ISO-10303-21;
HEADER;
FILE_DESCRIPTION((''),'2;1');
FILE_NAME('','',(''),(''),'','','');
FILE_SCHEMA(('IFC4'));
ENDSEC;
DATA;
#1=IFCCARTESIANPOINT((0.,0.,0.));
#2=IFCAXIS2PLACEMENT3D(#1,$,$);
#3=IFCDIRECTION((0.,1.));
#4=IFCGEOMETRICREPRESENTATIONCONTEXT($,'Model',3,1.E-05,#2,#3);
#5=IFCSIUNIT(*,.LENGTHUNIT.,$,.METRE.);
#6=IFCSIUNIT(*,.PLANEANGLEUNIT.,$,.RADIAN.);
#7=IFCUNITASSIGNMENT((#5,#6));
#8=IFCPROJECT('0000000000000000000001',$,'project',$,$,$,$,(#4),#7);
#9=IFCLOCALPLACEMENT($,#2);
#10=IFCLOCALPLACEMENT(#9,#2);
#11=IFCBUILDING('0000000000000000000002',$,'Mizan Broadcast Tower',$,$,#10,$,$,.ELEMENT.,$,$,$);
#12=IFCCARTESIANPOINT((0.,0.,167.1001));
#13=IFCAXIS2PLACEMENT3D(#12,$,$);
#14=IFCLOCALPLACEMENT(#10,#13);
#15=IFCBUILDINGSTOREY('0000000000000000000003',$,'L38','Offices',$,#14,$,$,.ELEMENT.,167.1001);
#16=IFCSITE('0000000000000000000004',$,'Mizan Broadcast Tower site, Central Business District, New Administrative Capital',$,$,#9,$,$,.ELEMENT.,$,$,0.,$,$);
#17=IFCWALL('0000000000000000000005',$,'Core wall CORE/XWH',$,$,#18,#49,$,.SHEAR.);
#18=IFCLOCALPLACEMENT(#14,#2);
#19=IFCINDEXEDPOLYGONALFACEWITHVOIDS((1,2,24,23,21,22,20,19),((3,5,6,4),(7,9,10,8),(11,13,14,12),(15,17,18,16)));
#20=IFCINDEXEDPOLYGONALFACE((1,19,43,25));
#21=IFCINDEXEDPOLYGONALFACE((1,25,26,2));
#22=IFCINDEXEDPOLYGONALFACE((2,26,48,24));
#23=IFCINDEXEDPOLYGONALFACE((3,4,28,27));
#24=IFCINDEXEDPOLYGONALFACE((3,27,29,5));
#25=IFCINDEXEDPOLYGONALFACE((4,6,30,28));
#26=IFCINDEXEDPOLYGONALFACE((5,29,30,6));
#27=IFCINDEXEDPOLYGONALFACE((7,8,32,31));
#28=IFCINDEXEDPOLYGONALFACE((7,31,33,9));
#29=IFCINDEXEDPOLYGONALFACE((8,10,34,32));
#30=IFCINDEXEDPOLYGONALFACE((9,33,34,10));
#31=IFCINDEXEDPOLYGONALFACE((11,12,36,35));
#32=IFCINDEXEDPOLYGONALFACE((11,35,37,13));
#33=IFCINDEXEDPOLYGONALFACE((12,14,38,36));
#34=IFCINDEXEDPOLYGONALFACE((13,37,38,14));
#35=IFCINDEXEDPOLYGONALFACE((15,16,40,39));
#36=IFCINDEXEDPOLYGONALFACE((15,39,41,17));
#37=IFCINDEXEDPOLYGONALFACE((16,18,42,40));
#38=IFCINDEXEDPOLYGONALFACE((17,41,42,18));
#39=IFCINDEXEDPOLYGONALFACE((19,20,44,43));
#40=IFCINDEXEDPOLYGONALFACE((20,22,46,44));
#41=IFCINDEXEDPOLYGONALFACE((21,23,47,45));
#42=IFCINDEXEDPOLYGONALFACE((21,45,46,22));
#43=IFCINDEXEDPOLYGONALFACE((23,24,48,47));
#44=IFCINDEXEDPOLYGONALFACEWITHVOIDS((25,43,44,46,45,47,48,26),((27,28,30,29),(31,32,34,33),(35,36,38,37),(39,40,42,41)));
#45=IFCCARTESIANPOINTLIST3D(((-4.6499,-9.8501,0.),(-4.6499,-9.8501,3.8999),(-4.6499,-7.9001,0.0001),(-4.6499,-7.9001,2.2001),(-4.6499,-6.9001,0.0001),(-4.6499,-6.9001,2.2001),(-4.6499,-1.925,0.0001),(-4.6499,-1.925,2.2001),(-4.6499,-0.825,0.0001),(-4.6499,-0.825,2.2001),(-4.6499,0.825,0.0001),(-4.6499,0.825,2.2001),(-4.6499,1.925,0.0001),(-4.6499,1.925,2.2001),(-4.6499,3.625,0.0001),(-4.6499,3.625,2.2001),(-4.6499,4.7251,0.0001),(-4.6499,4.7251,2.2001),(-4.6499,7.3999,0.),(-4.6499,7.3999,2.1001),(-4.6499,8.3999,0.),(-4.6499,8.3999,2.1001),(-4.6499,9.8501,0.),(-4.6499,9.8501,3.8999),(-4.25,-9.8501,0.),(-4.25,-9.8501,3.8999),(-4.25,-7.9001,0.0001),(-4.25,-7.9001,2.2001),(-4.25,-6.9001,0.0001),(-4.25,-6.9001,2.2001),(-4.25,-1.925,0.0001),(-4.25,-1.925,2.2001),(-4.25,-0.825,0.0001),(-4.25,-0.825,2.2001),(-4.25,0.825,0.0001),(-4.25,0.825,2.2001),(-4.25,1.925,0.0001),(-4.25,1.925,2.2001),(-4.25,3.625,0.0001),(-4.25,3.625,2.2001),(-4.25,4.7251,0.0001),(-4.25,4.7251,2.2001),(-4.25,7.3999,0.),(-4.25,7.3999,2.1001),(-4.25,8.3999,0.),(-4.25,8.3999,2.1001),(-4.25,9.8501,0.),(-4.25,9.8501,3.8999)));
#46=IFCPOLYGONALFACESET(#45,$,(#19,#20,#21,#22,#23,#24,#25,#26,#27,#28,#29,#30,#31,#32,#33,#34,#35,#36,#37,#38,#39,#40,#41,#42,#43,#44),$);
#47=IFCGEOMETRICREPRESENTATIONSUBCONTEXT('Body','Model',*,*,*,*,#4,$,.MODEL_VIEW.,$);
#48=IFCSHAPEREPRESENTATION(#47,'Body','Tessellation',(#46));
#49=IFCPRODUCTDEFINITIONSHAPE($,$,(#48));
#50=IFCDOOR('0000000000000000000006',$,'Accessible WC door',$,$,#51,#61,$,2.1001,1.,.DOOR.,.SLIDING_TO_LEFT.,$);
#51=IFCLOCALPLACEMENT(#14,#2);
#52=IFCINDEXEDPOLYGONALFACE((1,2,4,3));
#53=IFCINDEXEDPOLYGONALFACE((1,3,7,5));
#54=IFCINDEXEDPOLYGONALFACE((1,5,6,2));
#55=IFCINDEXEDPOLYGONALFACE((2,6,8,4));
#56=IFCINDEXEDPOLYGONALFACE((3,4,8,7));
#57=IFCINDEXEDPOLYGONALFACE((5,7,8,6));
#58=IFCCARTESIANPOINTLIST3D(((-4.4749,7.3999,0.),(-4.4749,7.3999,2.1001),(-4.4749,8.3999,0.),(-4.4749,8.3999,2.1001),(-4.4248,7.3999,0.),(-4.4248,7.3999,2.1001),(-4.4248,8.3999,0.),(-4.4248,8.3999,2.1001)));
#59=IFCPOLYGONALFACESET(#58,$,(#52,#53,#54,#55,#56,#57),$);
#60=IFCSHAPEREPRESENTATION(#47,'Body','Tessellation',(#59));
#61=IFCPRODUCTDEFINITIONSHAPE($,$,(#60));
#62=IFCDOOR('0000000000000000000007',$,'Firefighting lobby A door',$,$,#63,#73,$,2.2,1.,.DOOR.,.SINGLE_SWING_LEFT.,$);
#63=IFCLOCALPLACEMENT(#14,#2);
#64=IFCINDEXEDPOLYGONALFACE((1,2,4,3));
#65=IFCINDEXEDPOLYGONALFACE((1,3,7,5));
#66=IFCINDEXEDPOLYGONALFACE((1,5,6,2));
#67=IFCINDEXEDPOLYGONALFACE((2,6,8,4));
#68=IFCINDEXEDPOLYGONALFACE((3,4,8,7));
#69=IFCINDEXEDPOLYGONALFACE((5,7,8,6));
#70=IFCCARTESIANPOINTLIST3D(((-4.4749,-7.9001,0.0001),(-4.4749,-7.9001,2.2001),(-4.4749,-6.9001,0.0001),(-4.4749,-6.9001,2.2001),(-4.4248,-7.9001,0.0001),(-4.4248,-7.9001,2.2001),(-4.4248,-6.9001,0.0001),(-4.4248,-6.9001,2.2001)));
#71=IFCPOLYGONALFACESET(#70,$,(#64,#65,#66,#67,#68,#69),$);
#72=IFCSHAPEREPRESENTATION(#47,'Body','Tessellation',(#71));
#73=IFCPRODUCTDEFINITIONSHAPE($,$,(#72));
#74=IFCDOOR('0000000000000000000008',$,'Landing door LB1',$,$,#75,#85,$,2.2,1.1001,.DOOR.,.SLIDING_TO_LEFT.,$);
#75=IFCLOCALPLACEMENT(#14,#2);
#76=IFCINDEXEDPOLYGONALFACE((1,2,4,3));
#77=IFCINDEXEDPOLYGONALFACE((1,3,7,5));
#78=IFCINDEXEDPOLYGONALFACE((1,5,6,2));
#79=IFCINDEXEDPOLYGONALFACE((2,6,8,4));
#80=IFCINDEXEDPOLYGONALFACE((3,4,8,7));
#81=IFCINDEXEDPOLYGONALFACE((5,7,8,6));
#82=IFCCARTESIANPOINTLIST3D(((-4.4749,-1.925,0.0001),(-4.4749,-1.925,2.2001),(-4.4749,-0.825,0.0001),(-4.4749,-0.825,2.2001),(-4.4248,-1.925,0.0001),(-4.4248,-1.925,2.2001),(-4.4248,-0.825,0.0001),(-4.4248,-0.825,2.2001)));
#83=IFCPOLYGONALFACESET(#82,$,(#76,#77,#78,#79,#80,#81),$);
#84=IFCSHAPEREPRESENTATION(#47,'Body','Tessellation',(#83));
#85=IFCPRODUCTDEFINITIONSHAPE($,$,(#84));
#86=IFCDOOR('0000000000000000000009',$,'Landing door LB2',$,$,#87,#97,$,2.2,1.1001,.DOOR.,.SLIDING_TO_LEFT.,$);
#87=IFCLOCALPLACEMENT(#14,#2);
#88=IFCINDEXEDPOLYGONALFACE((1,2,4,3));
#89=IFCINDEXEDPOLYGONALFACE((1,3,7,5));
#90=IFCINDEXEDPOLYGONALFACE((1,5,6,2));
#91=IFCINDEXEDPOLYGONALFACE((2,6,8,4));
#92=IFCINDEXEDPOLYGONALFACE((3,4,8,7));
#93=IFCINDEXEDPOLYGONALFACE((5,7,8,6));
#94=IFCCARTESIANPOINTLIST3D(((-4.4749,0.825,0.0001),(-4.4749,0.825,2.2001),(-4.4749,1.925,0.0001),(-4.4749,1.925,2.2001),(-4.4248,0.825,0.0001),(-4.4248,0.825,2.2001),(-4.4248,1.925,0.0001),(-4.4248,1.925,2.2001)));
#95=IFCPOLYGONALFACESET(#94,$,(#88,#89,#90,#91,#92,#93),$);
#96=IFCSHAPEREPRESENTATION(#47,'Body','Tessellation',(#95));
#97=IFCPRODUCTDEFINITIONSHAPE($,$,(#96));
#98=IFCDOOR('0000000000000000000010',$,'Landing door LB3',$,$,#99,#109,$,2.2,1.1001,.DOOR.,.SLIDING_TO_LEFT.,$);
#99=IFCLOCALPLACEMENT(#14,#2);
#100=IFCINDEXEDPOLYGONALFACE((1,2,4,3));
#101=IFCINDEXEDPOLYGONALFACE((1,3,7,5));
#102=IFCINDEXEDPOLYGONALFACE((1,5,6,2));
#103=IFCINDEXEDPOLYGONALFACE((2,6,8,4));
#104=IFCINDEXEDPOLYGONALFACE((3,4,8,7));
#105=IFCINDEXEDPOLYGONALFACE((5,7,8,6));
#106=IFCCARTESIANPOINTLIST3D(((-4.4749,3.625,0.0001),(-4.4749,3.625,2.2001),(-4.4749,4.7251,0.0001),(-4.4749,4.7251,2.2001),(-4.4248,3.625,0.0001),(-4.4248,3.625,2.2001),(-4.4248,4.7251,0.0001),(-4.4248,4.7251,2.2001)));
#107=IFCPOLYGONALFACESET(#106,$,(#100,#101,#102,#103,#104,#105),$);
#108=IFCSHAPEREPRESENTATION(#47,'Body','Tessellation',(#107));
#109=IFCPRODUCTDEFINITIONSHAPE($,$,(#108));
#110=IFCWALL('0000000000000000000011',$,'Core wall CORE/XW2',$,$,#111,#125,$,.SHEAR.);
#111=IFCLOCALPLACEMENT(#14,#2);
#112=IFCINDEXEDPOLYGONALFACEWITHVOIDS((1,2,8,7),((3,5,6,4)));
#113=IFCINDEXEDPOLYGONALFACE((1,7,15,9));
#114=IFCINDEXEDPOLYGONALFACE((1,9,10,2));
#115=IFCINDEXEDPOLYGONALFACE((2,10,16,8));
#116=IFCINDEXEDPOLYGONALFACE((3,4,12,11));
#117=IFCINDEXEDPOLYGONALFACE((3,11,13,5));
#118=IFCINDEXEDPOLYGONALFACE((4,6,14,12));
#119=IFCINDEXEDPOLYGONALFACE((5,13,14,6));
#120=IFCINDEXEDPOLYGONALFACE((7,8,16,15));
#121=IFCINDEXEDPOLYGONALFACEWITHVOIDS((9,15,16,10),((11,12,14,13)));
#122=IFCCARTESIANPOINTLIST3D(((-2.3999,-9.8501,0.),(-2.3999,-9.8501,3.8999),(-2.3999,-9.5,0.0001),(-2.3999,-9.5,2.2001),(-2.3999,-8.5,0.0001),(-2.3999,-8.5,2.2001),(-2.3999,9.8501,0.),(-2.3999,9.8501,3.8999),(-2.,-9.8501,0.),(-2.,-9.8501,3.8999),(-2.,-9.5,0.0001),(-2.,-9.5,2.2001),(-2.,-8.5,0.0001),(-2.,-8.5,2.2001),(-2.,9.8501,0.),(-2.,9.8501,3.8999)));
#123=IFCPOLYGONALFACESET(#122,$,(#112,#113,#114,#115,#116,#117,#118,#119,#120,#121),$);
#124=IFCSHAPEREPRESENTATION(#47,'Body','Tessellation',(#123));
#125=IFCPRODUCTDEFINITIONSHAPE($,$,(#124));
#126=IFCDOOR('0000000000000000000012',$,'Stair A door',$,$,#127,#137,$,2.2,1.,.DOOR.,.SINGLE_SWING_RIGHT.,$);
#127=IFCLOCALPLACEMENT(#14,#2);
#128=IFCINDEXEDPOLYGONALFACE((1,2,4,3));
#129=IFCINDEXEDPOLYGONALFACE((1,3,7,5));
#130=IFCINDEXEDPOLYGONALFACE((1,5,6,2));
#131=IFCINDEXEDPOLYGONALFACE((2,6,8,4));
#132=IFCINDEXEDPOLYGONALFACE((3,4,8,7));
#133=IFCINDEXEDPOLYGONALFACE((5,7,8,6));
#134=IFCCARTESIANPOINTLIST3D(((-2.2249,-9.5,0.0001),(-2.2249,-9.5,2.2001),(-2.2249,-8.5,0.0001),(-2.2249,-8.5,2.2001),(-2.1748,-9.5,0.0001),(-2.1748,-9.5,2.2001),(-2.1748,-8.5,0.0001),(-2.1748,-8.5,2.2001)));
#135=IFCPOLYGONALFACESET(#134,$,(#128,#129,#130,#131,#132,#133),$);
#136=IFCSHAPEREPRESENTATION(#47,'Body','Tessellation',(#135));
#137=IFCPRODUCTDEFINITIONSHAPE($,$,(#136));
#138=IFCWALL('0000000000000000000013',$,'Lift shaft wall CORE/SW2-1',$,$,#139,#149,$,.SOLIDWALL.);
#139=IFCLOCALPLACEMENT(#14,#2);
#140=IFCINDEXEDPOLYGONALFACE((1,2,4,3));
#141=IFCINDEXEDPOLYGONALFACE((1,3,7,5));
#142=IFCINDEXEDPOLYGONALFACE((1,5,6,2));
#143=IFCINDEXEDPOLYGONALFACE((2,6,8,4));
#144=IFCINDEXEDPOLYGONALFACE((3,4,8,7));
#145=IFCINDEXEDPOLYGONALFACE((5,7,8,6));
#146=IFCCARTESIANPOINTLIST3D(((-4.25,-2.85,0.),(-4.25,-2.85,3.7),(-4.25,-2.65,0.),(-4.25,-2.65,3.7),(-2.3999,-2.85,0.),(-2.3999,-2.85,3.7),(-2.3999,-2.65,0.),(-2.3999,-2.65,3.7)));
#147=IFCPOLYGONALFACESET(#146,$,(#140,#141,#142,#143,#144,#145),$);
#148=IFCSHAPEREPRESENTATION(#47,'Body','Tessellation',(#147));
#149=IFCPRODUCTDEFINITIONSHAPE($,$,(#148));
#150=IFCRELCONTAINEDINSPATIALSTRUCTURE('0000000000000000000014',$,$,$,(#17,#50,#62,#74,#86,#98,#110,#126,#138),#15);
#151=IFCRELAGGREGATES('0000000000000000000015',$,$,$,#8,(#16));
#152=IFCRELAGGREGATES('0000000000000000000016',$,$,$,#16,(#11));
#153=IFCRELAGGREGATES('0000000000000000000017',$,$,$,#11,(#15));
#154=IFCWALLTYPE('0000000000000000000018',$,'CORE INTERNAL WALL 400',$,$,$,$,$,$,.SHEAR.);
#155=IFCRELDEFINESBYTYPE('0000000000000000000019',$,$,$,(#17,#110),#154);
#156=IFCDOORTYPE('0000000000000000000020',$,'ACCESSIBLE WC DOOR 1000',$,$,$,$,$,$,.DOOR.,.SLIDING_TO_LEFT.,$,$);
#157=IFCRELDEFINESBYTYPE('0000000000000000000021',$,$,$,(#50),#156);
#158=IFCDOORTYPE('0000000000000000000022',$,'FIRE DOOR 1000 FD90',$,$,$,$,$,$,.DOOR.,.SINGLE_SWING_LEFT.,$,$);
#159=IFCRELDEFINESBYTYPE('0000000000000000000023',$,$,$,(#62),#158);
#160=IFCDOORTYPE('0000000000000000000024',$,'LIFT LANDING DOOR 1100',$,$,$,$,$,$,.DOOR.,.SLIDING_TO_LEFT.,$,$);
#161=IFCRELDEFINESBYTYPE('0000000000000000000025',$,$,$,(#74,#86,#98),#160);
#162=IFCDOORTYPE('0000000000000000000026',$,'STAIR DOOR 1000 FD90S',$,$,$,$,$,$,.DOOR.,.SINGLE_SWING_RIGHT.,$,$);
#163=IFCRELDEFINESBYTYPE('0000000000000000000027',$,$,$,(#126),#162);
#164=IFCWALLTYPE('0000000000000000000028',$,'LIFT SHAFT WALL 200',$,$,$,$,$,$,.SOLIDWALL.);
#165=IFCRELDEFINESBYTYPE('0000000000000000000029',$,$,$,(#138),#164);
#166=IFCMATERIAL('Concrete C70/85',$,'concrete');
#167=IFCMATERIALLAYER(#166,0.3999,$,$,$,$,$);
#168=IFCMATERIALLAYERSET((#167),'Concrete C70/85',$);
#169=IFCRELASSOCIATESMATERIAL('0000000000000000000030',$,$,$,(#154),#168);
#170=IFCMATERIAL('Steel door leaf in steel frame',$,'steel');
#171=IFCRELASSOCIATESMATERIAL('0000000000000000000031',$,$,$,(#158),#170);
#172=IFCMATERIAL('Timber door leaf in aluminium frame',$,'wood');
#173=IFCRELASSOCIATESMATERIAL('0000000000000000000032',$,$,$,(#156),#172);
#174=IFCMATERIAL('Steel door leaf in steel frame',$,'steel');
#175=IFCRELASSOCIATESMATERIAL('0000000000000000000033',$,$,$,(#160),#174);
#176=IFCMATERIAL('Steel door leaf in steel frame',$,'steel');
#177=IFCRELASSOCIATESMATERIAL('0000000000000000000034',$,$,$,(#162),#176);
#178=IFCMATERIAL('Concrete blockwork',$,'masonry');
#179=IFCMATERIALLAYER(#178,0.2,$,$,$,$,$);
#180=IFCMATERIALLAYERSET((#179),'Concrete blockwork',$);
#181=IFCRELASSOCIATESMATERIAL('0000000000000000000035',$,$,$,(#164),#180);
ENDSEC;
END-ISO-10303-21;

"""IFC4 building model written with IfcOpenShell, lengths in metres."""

from ifc_helpers import new_model, si_unit, direction, frame, frame_2d, origin, place, context, subcontext, project, spatial, rectangle, extrude, material, layer, layer_set, type_object, element, fill, save


model = new_model("IFC4")

# Units and contexts
model_context = context("Model", 3, precision=1e-05, world=origin(), true_north=direction((0.0, 1.0)))
body_context = subcontext(model_context, "Body", "Model", "MODEL_VIEW")
ifc_project = project(units=[si_unit("LENGTHUNIT", "METRE"), si_unit("PLANEANGLEUNIT", "RADIAN")], contexts=[model_context])

# Site, building, storey
site_placement = place(None, origin())
site = spatial("IfcSite", under=ifc_project, at=site_placement, Name="Mizan Broadcast Tower site, Central Business District, New Administrative Capital", CompositionType="ELEMENT", RefElevation=0.0)
building_placement = place(site_placement, origin())
building = spatial("IfcBuilding", under=site, at=building_placement, Name="Mizan Broadcast Tower", CompositionType="ELEMENT")
storey_placement = place(building_placement, frame((0.0, 0.0, 167.1001)))
storey = spatial("IfcBuildingStorey", under=building, at=storey_placement, Name="L38", Description="Offices", CompositionType="ELEMENT", Elevation=167.1001)

# Wall, openings, doors
ifc_material_1 = material(Name="Concrete C70/85", Category="concrete")
ifc_layer_1 = layer(ifc_material_1, 0.3999)
ifc_layer_set_1 = layer_set([ifc_layer_1], Name="Concrete C70/85")
wall_type_1 = type_object("IfcWallType", Name="CORE INTERNAL WALL 400", PredefinedType="SHEAR", material=ifc_layer_set_1)
ifc_material_2 = material(Name="Steel door leaf in steel frame", Category="steel")
door_type_1 = type_object("IfcDoorType", Name="FIRE DOOR 1000 FD90", OperationType="SINGLE_SWING_LEFT", PredefinedType="DOOR", material=ifc_material_2)
wall_1_placement = place(storey_placement, frame((-4.45, -9.8501, 0.0), z_axis=(0.0, 0.0, 1.0), x_axis=(0.0, 1.0, 0.0)))
wall_1 = element("IfcWall", 1, at=wall_1_placement, inside=storey, type_object=wall_type_1, Name="Core wall CORE/XWH", PredefinedType="SHEAR", context=body_context, shape_type="SweptSolid", body=[
    extrude(rectangle(XDim=19.7002, YDim=0.3999, at=frame_2d((9.8501, 0.0))), origin(), (0.0, 0.0, 1.0), 3.8999),
])
opening_1_placement = place(wall_1_placement, frame((1.95, 0.0, 0.0)))
opening_1 = element("IfcOpeningElement", 2, at=opening_1_placement, cuts=wall_1, PredefinedType="OPENING", context=body_context, shape_type="SweptSolid", body=[
    extrude(rectangle(XDim=1.0, YDim=2.2, at=frame_2d((0.5, 1.1001))), frame((0.0, 0.21, 0.0), z_axis=(0.0, -1.0, 0.0), x_axis=(1.0, 0.0, 0.0)), (0.0, 0.0, 1.0), 0.4199),
])
opening_2_placement = place(wall_1_placement, frame((17.25, 0.0, 0.0)))
opening_2 = element("IfcOpeningElement", 3, at=opening_2_placement, cuts=wall_1, PredefinedType="OPENING", context=body_context, shape_type="SweptSolid", body=[
    extrude(rectangle(XDim=1.0, YDim=2.1001, at=frame_2d((0.5, 1.05))), frame((0.0, 0.21, 0.0), z_axis=(0.0, -1.0, 0.0), x_axis=(1.0, 0.0, 0.0)), (0.0, 0.0, 1.0), 0.4199),
])
opening_3_placement = place(wall_1_placement, frame((7.925, 0.0, 0.0)))
opening_3 = element("IfcOpeningElement", 4, at=opening_3_placement, cuts=wall_1, PredefinedType="OPENING", context=body_context, shape_type="SweptSolid", body=[
    extrude(rectangle(XDim=1.1001, YDim=2.2, at=frame_2d((0.55, 1.1001))), frame((0.0, 0.21, 0.0), z_axis=(0.0, -1.0, 0.0), x_axis=(1.0, 0.0, 0.0)), (0.0, 0.0, 1.0), 0.4199),
])
opening_4_placement = place(wall_1_placement, frame((10.675, 0.0, 0.0)))
opening_4 = element("IfcOpeningElement", 5, at=opening_4_placement, cuts=wall_1, PredefinedType="OPENING", context=body_context, shape_type="SweptSolid", body=[
    extrude(rectangle(XDim=1.1001, YDim=2.2, at=frame_2d((0.55, 1.1001))), frame((0.0, 0.21, 0.0), z_axis=(0.0, -1.0, 0.0), x_axis=(1.0, 0.0, 0.0)), (0.0, 0.0, 1.0), 0.4199),
])
opening_5_placement = place(wall_1_placement, frame((13.4751, 0.0, 0.0)))
opening_5 = element("IfcOpeningElement", 6, at=opening_5_placement, cuts=wall_1, PredefinedType="OPENING", context=body_context, shape_type="SweptSolid", body=[
    extrude(rectangle(XDim=1.1001, YDim=2.2, at=frame_2d((0.55, 1.1001))), frame((0.0, 0.21, 0.0), z_axis=(0.0, -1.0, 0.0), x_axis=(1.0, 0.0, 0.0)), (0.0, 0.0, 1.0), 0.4199),
])
ifc_material_3 = material(Name="Timber door leaf in aluminium frame", Category="wood")
door_type_2 = type_object("IfcDoorType", Name="ACCESSIBLE WC DOOR 1000", OperationType="SLIDING_TO_LEFT", PredefinedType="DOOR", material=ifc_material_3)
door_1_placement = place(opening_2_placement, origin())
door_1 = element("IfcDoor", 7, at=door_1_placement, inside=storey, type_object=door_type_2, Name="Accessible WC door", OperationType="SLIDING_TO_LEFT", OverallHeight=2.1001, OverallWidth=1.0, PredefinedType="DOOR", context=body_context, shape_type="SweptSolid", body=[
    extrude(rectangle(XDim=1.0, YDim=2.1001, at=frame_2d((0.5, 1.05))), frame((0.0, 0.0249, 0.0), z_axis=(0.0, -1.0, 0.0), x_axis=(1.0, 0.0, 0.0)), (0.0, 0.0, 1.0), 0.05),
])
fill(opening_2, door_1)
door_2_placement = place(opening_1_placement, origin())
door_2 = element("IfcDoor", 8, at=door_2_placement, inside=storey, type_object=door_type_1, Name="Firefighting lobby A door", OperationType="SINGLE_SWING_LEFT", OverallHeight=2.2, OverallWidth=1.0, PredefinedType="DOOR", context=body_context, shape_type="SweptSolid", body=[
    extrude(rectangle(XDim=1.0, YDim=2.2, at=frame_2d((0.5, 1.1001))), frame((0.0, 0.0249, 0.0), z_axis=(0.0, -1.0, 0.0), x_axis=(1.0, 0.0, 0.0)), (0.0, 0.0, 1.0), 0.05),
])
fill(opening_1, door_2)
ifc_material_4 = material(Name="Steel door leaf in steel frame", Category="steel")
door_type_3 = type_object("IfcDoorType", Name="LIFT LANDING DOOR 1100", OperationType="SLIDING_TO_LEFT", PredefinedType="DOOR", material=ifc_material_4)
door_3_placement = place(opening_3_placement, origin())
door_3 = element("IfcDoor", 9, at=door_3_placement, inside=storey, type_object=door_type_3, Name="Landing door LB1", OperationType="SLIDING_TO_LEFT", OverallHeight=2.2, OverallWidth=1.1001, PredefinedType="DOOR", context=body_context, shape_type="SweptSolid", body=[
    extrude(rectangle(XDim=1.1001, YDim=2.2, at=frame_2d((0.55, 1.1001))), frame((0.0, 0.0249, 0.0), z_axis=(0.0, -1.0, 0.0), x_axis=(1.0, 0.0, 0.0)), (0.0, 0.0, 1.0), 0.05),
])
fill(opening_3, door_3)
door_4_placement = place(opening_4_placement, origin())
door_4 = element("IfcDoor", 10, at=door_4_placement, inside=storey, type_object=door_type_3, Name="Landing door LB2", OperationType="SLIDING_TO_LEFT", OverallHeight=2.2, OverallWidth=1.1001, PredefinedType="DOOR", context=body_context, shape_type="SweptSolid", body=[
    extrude(rectangle(XDim=1.1001, YDim=2.2, at=frame_2d((0.55, 1.1001))), frame((0.0, 0.0249, 0.0), z_axis=(0.0, -1.0, 0.0), x_axis=(1.0, 0.0, 0.0)), (0.0, 0.0, 1.0), 0.05),
])
fill(opening_4, door_4)
door_5_placement = place(opening_5_placement, origin())
door_5 = element("IfcDoor", 11, at=door_5_placement, inside=storey, type_object=door_type_3, Name="Landing door LB3", OperationType="SLIDING_TO_LEFT", OverallHeight=2.2, OverallWidth=1.1001, PredefinedType="DOOR", context=body_context, shape_type="SweptSolid", body=[
    extrude(rectangle(XDim=1.1001, YDim=2.2, at=frame_2d((0.55, 1.1001))), frame((0.0, 0.0249, 0.0), z_axis=(0.0, -1.0, 0.0), x_axis=(1.0, 0.0, 0.0)), (0.0, 0.0, 1.0), 0.05),
])
fill(opening_5, door_5)

# Wall, opening, door
wall_2_placement = place(storey_placement, frame((-2.2, -9.8501, 0.0), z_axis=(0.0, 0.0, 1.0), x_axis=(0.0, 1.0, 0.0)))
wall_2 = element("IfcWall", 12, at=wall_2_placement, inside=storey, type_object=wall_type_1, Name="Core wall CORE/XW2", PredefinedType="SHEAR", context=body_context, shape_type="SweptSolid", body=[
    extrude(rectangle(XDim=19.7002, YDim=0.3999, at=frame_2d((9.8501, 0.0))), origin(), (0.0, 0.0, 1.0), 3.8999),
])
opening_6_placement = place(wall_2_placement, frame((0.3501, 0.0, 0.0)))
opening_6 = element("IfcOpeningElement", 13, at=opening_6_placement, cuts=wall_2, PredefinedType="OPENING", context=body_context, shape_type="SweptSolid", body=[
    extrude(rectangle(XDim=1.0, YDim=2.2, at=frame_2d((0.5, 1.1001))), frame((0.0, 0.21, 0.0), z_axis=(0.0, -1.0, 0.0), x_axis=(1.0, 0.0, 0.0)), (0.0, 0.0, 1.0), 0.4199),
])
ifc_material_5 = material(Name="Steel door leaf in steel frame", Category="steel")
door_type_4 = type_object("IfcDoorType", Name="STAIR DOOR 1000 FD90S", OperationType="SINGLE_SWING_RIGHT", PredefinedType="DOOR", material=ifc_material_5)
door_6_placement = place(opening_6_placement, origin())
door_6 = element("IfcDoor", 14, at=door_6_placement, inside=storey, type_object=door_type_4, Name="Stair A door", OperationType="SINGLE_SWING_RIGHT", OverallHeight=2.2, OverallWidth=1.0, PredefinedType="DOOR", context=body_context, shape_type="SweptSolid", body=[
    extrude(rectangle(XDim=1.0, YDim=2.2, at=frame_2d((0.5, 1.1001))), frame((0.0, 0.0249, 0.0), z_axis=(0.0, -1.0, 0.0), x_axis=(1.0, 0.0, 0.0)), (0.0, 0.0, 1.0), 0.05),
])
fill(opening_6, door_6)

# Wall
ifc_material_6 = material(Name="Concrete blockwork", Category="masonry")
ifc_layer_2 = layer(ifc_material_6, 0.2)
ifc_layer_set_2 = layer_set([ifc_layer_2], Name="Concrete blockwork")
wall_type_2 = type_object("IfcWallType", Name="LIFT SHAFT WALL 200", PredefinedType="SOLIDWALL", material=ifc_layer_set_2)
wall_3_placement = place(storey_placement, frame((-4.25, -2.75, 0.0), z_axis=(0.0, 0.0, 1.0), x_axis=(1.0, 0.0, 0.0)))
element("IfcWall", 15, at=wall_3_placement, inside=storey, type_object=wall_type_2, Name="Lift shaft wall CORE/SW2-1", PredefinedType="SOLIDWALL", context=body_context, shape_type="SweptSolid", body=[
    extrude(rectangle(XDim=1.8501, YDim=0.2, at=frame_2d((0.925, 0.0))), origin(), (0.0, 0.0, 1.0), 3.7),
])

save(model, "model.ifc")
